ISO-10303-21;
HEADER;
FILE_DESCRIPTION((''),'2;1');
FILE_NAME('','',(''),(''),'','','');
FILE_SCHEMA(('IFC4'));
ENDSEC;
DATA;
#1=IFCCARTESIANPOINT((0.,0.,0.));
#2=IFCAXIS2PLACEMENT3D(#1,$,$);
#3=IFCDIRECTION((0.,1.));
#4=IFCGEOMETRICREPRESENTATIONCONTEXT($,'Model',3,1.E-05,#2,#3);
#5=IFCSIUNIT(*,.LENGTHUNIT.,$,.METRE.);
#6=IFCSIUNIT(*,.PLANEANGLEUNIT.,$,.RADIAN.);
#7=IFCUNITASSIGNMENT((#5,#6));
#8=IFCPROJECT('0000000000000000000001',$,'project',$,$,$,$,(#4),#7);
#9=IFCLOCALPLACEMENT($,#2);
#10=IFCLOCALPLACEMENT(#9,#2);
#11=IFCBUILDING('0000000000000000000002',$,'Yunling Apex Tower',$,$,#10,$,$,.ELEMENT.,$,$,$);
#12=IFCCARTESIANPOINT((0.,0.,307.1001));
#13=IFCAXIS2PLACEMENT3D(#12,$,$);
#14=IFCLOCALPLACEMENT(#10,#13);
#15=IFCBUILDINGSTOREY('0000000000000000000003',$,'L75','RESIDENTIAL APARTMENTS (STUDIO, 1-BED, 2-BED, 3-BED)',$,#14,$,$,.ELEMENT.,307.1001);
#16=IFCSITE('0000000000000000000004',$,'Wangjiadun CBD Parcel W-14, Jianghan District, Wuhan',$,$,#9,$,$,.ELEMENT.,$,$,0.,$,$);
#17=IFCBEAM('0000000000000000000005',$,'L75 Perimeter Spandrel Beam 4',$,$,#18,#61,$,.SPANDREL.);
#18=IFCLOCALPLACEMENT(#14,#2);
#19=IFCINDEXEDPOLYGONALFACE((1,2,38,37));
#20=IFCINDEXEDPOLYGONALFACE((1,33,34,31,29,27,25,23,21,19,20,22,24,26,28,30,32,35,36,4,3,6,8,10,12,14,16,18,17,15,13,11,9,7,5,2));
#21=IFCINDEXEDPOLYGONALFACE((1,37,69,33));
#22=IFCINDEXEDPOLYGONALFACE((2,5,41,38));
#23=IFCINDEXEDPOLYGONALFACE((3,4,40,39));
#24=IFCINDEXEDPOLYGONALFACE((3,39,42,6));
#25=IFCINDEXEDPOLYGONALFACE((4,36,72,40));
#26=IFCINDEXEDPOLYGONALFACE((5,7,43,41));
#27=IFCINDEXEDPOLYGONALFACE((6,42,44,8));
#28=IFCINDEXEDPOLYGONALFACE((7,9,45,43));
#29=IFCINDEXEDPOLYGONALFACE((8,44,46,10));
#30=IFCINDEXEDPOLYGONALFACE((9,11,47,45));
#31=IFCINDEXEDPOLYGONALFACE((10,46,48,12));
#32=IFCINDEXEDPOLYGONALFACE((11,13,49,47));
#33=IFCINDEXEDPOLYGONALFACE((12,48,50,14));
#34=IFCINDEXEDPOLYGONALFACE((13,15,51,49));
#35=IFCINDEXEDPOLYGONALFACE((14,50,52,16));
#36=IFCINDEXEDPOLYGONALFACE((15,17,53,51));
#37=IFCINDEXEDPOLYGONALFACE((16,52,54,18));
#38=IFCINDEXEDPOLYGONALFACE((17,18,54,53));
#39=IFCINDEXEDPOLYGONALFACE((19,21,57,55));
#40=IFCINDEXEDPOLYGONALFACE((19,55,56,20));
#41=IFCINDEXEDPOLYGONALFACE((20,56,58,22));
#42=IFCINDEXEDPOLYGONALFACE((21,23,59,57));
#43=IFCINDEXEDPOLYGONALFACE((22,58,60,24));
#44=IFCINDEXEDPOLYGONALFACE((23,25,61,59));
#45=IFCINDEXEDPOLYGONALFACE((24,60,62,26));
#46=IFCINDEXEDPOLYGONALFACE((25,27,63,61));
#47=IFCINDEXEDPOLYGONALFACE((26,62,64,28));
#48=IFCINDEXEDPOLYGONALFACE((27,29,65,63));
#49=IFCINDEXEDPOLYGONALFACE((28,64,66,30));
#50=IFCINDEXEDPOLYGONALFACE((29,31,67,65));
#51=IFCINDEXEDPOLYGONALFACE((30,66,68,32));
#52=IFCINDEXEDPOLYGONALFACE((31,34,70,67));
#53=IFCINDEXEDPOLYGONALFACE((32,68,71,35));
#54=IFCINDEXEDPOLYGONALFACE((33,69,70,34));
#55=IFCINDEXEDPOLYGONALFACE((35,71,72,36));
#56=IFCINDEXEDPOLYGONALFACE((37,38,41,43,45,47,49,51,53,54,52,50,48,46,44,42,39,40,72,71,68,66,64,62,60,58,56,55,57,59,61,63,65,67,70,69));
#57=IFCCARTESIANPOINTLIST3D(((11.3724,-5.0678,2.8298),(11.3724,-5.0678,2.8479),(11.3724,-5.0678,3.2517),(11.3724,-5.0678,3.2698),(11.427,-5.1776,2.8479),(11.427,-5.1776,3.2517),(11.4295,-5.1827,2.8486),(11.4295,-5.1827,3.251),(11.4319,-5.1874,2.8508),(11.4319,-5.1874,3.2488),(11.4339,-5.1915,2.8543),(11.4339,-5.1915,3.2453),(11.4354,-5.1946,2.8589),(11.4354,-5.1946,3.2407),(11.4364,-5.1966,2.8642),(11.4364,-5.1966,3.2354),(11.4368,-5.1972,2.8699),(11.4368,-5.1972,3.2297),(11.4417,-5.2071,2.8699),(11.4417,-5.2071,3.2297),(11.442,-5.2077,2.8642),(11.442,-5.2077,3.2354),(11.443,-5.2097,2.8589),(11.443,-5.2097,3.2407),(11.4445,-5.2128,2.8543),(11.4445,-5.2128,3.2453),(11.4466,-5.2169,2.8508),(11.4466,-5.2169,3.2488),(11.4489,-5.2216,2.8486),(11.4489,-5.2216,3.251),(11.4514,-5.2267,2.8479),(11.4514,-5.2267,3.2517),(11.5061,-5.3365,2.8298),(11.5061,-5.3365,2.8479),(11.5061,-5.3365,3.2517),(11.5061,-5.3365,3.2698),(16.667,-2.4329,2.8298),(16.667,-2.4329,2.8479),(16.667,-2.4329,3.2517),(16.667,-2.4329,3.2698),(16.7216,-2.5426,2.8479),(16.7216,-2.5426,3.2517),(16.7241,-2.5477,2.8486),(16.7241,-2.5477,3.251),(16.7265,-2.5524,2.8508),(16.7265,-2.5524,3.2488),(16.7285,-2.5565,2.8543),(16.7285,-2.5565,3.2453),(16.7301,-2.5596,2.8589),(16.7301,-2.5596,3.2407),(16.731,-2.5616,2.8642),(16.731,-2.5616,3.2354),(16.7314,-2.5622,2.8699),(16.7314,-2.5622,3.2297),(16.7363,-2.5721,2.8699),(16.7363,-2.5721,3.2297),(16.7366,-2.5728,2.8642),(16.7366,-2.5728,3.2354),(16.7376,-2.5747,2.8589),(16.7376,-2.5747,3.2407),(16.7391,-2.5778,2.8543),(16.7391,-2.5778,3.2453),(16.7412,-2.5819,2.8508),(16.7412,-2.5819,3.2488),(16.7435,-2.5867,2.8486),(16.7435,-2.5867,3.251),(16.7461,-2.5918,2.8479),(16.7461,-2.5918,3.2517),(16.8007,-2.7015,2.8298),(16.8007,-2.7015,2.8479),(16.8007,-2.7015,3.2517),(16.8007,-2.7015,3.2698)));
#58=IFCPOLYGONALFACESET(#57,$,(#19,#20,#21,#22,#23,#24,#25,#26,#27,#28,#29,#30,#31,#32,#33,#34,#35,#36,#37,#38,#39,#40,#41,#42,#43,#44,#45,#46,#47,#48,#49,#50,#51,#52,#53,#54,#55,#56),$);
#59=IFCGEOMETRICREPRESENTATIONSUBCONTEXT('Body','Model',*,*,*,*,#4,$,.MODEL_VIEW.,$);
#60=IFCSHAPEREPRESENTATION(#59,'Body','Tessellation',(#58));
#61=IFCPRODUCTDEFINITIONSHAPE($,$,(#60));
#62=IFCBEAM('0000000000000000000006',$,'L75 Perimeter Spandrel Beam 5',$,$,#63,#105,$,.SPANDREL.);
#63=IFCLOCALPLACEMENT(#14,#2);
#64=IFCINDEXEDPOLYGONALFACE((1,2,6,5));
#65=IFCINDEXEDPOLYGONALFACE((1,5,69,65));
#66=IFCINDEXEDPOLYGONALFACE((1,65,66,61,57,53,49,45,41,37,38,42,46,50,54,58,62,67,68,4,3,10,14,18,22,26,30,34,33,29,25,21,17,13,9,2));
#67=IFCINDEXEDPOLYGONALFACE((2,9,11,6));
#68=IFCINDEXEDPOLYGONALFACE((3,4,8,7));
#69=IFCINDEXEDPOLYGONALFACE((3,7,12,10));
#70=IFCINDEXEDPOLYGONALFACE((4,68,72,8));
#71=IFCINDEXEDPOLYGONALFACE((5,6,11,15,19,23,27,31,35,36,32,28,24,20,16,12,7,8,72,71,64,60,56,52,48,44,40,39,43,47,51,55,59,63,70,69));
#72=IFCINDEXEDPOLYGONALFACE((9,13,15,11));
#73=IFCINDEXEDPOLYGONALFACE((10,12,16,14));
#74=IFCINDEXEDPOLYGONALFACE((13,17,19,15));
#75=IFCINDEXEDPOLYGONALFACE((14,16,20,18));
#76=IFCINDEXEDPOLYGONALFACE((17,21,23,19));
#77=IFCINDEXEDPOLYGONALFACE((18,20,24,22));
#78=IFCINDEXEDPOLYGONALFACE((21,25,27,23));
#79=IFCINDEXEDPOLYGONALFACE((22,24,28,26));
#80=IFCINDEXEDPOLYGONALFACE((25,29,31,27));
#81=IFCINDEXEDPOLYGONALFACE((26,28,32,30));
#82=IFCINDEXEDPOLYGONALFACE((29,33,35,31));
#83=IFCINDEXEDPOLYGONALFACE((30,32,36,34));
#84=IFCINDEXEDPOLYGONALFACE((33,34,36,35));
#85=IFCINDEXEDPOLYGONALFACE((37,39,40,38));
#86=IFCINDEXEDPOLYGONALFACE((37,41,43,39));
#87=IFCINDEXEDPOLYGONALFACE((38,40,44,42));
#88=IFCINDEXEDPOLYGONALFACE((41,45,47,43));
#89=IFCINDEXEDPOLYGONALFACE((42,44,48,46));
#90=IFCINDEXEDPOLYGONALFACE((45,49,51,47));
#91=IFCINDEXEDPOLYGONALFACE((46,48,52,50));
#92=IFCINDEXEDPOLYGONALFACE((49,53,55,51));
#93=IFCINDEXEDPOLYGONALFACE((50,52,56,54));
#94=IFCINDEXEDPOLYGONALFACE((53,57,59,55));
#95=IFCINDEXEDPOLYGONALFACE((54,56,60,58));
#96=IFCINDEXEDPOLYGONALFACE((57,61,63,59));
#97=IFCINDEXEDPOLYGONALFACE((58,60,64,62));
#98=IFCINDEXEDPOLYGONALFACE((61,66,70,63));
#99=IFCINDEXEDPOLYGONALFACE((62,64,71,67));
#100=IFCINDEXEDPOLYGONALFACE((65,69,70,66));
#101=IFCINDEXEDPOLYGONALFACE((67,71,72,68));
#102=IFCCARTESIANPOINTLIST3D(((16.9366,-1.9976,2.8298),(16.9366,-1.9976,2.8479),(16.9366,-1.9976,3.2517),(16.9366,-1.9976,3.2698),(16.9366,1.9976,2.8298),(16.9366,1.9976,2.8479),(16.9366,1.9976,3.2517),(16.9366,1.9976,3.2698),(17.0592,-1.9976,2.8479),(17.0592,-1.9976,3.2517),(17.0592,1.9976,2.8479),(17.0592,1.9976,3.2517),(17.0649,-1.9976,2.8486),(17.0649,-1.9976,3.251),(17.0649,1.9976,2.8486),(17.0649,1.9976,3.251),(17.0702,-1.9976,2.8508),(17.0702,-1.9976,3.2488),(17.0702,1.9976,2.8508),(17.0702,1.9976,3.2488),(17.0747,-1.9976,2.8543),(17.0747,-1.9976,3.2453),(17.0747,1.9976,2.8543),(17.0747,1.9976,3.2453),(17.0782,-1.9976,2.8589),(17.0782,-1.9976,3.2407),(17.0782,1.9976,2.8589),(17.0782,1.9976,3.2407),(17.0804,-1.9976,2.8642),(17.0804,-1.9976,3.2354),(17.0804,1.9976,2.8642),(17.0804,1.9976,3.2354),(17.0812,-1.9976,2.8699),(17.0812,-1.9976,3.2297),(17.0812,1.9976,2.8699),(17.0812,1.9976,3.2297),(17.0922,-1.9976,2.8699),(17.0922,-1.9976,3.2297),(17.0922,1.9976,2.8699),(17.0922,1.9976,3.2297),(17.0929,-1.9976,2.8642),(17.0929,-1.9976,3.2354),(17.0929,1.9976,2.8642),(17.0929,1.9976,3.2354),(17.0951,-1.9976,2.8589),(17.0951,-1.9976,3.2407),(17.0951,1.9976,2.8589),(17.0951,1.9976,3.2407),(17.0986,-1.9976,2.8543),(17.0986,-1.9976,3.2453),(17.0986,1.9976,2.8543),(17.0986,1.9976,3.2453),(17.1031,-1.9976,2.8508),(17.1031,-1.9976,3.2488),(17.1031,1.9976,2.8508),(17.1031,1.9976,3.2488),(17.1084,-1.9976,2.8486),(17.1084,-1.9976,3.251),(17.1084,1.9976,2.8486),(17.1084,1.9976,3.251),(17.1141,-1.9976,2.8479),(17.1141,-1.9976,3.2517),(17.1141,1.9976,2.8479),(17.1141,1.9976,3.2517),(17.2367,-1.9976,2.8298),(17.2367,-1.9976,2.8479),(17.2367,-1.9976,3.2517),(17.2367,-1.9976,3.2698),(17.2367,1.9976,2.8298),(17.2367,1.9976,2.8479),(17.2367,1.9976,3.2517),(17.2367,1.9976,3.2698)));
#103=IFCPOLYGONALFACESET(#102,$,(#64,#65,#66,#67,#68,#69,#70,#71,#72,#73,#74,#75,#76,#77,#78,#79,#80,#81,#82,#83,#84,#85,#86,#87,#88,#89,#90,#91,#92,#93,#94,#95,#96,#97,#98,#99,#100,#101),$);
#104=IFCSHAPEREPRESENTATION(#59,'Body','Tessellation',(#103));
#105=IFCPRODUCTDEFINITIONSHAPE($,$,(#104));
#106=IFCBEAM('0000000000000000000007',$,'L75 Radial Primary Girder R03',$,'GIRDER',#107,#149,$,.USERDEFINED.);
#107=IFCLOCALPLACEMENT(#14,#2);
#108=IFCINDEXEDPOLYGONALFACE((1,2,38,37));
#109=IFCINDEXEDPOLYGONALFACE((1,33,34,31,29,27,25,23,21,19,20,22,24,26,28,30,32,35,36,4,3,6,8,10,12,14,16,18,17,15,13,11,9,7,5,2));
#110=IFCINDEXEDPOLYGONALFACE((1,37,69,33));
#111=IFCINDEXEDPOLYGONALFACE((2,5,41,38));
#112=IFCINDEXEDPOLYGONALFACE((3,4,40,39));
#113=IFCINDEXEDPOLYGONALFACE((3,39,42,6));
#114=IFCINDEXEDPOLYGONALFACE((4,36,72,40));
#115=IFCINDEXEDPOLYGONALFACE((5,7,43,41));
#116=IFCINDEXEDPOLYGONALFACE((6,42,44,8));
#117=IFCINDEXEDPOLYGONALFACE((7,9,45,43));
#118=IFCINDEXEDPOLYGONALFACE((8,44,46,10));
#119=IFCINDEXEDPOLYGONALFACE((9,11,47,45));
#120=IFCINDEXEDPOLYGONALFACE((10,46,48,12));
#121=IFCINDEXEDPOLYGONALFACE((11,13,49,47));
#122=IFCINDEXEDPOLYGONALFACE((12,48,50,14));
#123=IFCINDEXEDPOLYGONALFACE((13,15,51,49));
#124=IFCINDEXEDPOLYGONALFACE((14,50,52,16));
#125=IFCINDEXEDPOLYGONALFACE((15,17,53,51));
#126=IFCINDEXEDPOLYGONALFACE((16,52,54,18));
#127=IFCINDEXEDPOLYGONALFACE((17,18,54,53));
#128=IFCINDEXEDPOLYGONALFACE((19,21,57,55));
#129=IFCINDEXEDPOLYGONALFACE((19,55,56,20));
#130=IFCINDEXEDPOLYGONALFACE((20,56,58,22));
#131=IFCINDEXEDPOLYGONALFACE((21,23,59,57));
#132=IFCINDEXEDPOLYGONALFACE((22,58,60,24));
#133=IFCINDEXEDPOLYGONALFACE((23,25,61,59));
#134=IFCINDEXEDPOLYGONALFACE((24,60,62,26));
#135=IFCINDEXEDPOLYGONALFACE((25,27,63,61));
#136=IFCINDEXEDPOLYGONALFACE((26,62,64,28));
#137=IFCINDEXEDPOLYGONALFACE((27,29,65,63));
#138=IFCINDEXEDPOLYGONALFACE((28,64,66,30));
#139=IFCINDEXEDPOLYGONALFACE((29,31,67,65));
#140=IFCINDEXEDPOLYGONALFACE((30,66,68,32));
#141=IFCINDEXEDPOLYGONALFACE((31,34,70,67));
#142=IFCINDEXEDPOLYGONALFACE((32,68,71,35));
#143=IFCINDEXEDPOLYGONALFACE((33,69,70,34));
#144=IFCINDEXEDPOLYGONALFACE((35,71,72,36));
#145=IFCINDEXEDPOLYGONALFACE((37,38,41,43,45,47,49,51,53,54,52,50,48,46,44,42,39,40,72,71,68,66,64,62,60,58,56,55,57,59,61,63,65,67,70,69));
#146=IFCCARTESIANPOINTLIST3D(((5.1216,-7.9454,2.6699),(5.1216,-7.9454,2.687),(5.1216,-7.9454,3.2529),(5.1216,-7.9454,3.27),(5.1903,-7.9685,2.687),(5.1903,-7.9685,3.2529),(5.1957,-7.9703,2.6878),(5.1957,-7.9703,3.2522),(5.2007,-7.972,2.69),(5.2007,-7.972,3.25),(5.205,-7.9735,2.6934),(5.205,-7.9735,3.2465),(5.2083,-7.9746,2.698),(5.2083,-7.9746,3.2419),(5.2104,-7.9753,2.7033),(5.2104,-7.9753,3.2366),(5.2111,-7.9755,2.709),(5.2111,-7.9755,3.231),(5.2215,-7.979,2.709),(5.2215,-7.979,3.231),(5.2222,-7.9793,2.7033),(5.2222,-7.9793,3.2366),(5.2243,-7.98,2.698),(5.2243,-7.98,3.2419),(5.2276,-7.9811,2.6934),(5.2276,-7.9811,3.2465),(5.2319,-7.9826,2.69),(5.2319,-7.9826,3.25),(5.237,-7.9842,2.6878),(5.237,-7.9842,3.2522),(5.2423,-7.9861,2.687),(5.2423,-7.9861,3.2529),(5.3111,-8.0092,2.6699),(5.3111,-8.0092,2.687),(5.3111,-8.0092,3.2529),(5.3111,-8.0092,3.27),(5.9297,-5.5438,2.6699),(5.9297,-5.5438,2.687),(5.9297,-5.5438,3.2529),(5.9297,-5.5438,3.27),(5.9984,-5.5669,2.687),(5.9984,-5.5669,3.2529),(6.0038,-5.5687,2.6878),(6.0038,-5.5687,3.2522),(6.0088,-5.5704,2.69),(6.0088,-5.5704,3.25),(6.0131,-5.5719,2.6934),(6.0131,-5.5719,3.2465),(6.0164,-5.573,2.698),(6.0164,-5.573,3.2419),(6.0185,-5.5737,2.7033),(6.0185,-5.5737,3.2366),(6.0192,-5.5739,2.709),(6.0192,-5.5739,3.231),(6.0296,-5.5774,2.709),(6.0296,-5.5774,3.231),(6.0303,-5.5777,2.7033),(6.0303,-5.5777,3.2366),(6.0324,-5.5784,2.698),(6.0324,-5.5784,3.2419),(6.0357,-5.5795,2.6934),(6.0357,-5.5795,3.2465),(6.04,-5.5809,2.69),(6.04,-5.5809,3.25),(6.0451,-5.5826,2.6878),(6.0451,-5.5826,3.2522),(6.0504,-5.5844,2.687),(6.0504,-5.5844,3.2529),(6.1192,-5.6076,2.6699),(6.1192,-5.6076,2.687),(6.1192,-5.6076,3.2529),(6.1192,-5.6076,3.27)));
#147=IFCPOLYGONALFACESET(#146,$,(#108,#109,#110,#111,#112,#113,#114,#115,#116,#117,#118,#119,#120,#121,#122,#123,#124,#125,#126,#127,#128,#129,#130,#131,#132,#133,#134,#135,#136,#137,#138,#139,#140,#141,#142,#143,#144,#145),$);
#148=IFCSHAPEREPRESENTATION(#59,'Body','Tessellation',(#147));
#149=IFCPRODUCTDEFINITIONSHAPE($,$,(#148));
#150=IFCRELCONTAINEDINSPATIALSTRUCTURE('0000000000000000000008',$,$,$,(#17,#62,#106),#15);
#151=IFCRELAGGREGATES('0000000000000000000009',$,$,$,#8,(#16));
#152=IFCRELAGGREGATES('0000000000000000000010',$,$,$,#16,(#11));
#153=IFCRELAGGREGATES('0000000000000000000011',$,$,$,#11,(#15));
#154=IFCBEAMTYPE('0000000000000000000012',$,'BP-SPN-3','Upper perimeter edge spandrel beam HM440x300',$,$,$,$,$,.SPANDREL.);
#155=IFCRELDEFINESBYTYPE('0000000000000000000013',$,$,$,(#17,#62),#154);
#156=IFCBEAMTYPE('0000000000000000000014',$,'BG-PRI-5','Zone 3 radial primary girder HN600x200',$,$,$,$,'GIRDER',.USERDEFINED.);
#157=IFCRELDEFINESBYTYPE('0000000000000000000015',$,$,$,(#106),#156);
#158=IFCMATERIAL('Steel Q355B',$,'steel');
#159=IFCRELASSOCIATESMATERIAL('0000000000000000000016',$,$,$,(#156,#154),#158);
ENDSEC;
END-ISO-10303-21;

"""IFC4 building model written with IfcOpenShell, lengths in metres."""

from ifc_helpers import new_model, si_unit, direction, frame, origin, origin_2d, place, context, subcontext, project, spatial, i_section, extrude, source, transform, mapped, material, material_profile, profile_set, type_object, element, save


model = new_model("IFC4")

# Units and contexts
model_context = context("Model", 3, precision=1e-05, world=origin(), true_north=direction((0.0, 1.0)))
body_context = subcontext(model_context, "Body", "Model", "MODEL_VIEW")
ifc_project = project(units=[si_unit("LENGTHUNIT", "METRE"), si_unit("PLANEANGLEUNIT", "RADIAN")], contexts=[model_context])

# Site, building, storey
site_placement = place(None, origin())
site = spatial("IfcSite", under=ifc_project, at=site_placement, Name="Wangjiadun CBD Parcel W-14, Jianghan District, Wuhan", CompositionType="ELEMENT", RefElevation=0.0)
building_placement = place(site_placement, origin())
building = spatial("IfcBuilding", under=site, at=building_placement, Name="Yunling Apex Tower", CompositionType="ELEMENT")
storey_placement = place(building_placement, frame((0.0, 0.0, 307.1001)))
storey = spatial("IfcBuildingStorey", under=building, at=storey_placement, Name="L75", Description="RESIDENTIAL APARTMENTS (STUDIO, 1-BED, 2-BED, 3-BED)", CompositionType="ELEMENT", Elevation=307.1001)

# Shared definitions
ifc_material_1 = material(Name="Steel Q355B", Category="steel")

# Beams
ifc_material_profile_1 = material_profile(ifc_material_1, i_section(OverallWidth=0.2, OverallDepth=0.6001, WebThickness=0.011, FlangeThickness=0.0171, FilletRadius=0.022, at=origin_2d()))
ifc_profile_set_1 = profile_set([ifc_material_profile_1], Name="Steel Q355B")
beam_type_1 = type_object("IfcBeamType", Name="BG-PRI-5", Description="Zone 3 radial primary girder HN600x200", ElementType="GIRDER", PredefinedType="USERDEFINED", material=ifc_profile_set_1)
ifc_material_profile_2 = material_profile(ifc_material_1, i_section(OverallWidth=0.3, OverallDepth=0.4399, WebThickness=0.011, FlangeThickness=0.0181, FilletRadius=0.022, at=origin_2d()))
ifc_profile_set_2 = profile_set([ifc_material_profile_2], Name="Steel Q355B")
beam_type_2 = type_object("IfcBeamType", Name="BP-SPN-3", Description="Upper perimeter edge spandrel beam HM440x300", PredefinedType="SPANDREL", material=ifc_profile_set_2)
shared_shape_1 = source(origin(), body_context, "Body", "SweptSolid", [
    extrude(i_section(OverallWidth=0.3, OverallDepth=0.4399, WebThickness=0.011, FlangeThickness=0.0181, FilletRadius=0.022, at=origin_2d()), origin(), (0.0, 0.0, 1.0), 5.9141),
])
for number, where, z_axis, x_axis, name in (
    (1, (11.4392, -5.2021, 3.0498), (0.89526, 0.445545, 0.0), (-0.445545, 0.89526, 0.0), "L75 Perimeter Spandrel Beam 4"),
):
    element("IfcBeam", number, at=place(storey_placement, frame(where, z_axis=z_axis, x_axis=x_axis)), inside=storey, type_object=beam_type_2, Name=name, PredefinedType="SPANDREL", context=body_context, shape_type="MappedRepresentation", body=[
        mapped(shared_shape_1, transform((0.0, 0.0, 0.0), scale=1.0)),
    ])
shared_shape_2 = source(origin(), body_context, "Body", "SweptSolid", [
    extrude(i_section(OverallWidth=0.3, OverallDepth=0.4399, WebThickness=0.011, FlangeThickness=0.0181, FilletRadius=0.022, at=origin_2d()), origin(), (0.0, 0.0, 1.0), 3.9951),
])
beam_1_placement = place(storey_placement, frame((17.0867, -1.9976, 3.0498), z_axis=(0.0, 1.0, 0.0), x_axis=(-1.0, 0.0, 0.0)))
element("IfcBeam", 2, at=beam_1_placement, inside=storey, type_object=beam_type_2, Name="L75 Perimeter Spandrel Beam 5", PredefinedType="SPANDREL", context=body_context, shape_type="MappedRepresentation", body=[
    mapped(shared_shape_2, transform((0.0, 0.0, 0.0), scale=1.0)),
])
shared_shape_3 = source(origin(), body_context, "Body", "SweptSolid", [
    extrude(i_section(OverallWidth=0.2, OverallDepth=0.6001, WebThickness=0.011, FlangeThickness=0.0171, FilletRadius=0.022, at=origin_2d()), origin(), (0.0, 0.0, 1.0), 2.5339),
])
beam_2_placement = place(storey_placement, frame((5.2163, -7.9773, 2.97), z_axis=(0.318915, 0.947783, 0.0), x_axis=(-0.947783, 0.318915, 0.0)))
element("IfcBeam", 3, at=beam_2_placement, inside=storey, type_object=beam_type_1, Name="L75 Radial Primary Girder R03", ObjectType="GIRDER", PredefinedType="USERDEFINED", context=body_context, shape_type="MappedRepresentation", body=[
    mapped(shared_shape_3, transform((0.0, 0.0, 0.0), scale=1.0)),
])

save(model, "model.ifc")
